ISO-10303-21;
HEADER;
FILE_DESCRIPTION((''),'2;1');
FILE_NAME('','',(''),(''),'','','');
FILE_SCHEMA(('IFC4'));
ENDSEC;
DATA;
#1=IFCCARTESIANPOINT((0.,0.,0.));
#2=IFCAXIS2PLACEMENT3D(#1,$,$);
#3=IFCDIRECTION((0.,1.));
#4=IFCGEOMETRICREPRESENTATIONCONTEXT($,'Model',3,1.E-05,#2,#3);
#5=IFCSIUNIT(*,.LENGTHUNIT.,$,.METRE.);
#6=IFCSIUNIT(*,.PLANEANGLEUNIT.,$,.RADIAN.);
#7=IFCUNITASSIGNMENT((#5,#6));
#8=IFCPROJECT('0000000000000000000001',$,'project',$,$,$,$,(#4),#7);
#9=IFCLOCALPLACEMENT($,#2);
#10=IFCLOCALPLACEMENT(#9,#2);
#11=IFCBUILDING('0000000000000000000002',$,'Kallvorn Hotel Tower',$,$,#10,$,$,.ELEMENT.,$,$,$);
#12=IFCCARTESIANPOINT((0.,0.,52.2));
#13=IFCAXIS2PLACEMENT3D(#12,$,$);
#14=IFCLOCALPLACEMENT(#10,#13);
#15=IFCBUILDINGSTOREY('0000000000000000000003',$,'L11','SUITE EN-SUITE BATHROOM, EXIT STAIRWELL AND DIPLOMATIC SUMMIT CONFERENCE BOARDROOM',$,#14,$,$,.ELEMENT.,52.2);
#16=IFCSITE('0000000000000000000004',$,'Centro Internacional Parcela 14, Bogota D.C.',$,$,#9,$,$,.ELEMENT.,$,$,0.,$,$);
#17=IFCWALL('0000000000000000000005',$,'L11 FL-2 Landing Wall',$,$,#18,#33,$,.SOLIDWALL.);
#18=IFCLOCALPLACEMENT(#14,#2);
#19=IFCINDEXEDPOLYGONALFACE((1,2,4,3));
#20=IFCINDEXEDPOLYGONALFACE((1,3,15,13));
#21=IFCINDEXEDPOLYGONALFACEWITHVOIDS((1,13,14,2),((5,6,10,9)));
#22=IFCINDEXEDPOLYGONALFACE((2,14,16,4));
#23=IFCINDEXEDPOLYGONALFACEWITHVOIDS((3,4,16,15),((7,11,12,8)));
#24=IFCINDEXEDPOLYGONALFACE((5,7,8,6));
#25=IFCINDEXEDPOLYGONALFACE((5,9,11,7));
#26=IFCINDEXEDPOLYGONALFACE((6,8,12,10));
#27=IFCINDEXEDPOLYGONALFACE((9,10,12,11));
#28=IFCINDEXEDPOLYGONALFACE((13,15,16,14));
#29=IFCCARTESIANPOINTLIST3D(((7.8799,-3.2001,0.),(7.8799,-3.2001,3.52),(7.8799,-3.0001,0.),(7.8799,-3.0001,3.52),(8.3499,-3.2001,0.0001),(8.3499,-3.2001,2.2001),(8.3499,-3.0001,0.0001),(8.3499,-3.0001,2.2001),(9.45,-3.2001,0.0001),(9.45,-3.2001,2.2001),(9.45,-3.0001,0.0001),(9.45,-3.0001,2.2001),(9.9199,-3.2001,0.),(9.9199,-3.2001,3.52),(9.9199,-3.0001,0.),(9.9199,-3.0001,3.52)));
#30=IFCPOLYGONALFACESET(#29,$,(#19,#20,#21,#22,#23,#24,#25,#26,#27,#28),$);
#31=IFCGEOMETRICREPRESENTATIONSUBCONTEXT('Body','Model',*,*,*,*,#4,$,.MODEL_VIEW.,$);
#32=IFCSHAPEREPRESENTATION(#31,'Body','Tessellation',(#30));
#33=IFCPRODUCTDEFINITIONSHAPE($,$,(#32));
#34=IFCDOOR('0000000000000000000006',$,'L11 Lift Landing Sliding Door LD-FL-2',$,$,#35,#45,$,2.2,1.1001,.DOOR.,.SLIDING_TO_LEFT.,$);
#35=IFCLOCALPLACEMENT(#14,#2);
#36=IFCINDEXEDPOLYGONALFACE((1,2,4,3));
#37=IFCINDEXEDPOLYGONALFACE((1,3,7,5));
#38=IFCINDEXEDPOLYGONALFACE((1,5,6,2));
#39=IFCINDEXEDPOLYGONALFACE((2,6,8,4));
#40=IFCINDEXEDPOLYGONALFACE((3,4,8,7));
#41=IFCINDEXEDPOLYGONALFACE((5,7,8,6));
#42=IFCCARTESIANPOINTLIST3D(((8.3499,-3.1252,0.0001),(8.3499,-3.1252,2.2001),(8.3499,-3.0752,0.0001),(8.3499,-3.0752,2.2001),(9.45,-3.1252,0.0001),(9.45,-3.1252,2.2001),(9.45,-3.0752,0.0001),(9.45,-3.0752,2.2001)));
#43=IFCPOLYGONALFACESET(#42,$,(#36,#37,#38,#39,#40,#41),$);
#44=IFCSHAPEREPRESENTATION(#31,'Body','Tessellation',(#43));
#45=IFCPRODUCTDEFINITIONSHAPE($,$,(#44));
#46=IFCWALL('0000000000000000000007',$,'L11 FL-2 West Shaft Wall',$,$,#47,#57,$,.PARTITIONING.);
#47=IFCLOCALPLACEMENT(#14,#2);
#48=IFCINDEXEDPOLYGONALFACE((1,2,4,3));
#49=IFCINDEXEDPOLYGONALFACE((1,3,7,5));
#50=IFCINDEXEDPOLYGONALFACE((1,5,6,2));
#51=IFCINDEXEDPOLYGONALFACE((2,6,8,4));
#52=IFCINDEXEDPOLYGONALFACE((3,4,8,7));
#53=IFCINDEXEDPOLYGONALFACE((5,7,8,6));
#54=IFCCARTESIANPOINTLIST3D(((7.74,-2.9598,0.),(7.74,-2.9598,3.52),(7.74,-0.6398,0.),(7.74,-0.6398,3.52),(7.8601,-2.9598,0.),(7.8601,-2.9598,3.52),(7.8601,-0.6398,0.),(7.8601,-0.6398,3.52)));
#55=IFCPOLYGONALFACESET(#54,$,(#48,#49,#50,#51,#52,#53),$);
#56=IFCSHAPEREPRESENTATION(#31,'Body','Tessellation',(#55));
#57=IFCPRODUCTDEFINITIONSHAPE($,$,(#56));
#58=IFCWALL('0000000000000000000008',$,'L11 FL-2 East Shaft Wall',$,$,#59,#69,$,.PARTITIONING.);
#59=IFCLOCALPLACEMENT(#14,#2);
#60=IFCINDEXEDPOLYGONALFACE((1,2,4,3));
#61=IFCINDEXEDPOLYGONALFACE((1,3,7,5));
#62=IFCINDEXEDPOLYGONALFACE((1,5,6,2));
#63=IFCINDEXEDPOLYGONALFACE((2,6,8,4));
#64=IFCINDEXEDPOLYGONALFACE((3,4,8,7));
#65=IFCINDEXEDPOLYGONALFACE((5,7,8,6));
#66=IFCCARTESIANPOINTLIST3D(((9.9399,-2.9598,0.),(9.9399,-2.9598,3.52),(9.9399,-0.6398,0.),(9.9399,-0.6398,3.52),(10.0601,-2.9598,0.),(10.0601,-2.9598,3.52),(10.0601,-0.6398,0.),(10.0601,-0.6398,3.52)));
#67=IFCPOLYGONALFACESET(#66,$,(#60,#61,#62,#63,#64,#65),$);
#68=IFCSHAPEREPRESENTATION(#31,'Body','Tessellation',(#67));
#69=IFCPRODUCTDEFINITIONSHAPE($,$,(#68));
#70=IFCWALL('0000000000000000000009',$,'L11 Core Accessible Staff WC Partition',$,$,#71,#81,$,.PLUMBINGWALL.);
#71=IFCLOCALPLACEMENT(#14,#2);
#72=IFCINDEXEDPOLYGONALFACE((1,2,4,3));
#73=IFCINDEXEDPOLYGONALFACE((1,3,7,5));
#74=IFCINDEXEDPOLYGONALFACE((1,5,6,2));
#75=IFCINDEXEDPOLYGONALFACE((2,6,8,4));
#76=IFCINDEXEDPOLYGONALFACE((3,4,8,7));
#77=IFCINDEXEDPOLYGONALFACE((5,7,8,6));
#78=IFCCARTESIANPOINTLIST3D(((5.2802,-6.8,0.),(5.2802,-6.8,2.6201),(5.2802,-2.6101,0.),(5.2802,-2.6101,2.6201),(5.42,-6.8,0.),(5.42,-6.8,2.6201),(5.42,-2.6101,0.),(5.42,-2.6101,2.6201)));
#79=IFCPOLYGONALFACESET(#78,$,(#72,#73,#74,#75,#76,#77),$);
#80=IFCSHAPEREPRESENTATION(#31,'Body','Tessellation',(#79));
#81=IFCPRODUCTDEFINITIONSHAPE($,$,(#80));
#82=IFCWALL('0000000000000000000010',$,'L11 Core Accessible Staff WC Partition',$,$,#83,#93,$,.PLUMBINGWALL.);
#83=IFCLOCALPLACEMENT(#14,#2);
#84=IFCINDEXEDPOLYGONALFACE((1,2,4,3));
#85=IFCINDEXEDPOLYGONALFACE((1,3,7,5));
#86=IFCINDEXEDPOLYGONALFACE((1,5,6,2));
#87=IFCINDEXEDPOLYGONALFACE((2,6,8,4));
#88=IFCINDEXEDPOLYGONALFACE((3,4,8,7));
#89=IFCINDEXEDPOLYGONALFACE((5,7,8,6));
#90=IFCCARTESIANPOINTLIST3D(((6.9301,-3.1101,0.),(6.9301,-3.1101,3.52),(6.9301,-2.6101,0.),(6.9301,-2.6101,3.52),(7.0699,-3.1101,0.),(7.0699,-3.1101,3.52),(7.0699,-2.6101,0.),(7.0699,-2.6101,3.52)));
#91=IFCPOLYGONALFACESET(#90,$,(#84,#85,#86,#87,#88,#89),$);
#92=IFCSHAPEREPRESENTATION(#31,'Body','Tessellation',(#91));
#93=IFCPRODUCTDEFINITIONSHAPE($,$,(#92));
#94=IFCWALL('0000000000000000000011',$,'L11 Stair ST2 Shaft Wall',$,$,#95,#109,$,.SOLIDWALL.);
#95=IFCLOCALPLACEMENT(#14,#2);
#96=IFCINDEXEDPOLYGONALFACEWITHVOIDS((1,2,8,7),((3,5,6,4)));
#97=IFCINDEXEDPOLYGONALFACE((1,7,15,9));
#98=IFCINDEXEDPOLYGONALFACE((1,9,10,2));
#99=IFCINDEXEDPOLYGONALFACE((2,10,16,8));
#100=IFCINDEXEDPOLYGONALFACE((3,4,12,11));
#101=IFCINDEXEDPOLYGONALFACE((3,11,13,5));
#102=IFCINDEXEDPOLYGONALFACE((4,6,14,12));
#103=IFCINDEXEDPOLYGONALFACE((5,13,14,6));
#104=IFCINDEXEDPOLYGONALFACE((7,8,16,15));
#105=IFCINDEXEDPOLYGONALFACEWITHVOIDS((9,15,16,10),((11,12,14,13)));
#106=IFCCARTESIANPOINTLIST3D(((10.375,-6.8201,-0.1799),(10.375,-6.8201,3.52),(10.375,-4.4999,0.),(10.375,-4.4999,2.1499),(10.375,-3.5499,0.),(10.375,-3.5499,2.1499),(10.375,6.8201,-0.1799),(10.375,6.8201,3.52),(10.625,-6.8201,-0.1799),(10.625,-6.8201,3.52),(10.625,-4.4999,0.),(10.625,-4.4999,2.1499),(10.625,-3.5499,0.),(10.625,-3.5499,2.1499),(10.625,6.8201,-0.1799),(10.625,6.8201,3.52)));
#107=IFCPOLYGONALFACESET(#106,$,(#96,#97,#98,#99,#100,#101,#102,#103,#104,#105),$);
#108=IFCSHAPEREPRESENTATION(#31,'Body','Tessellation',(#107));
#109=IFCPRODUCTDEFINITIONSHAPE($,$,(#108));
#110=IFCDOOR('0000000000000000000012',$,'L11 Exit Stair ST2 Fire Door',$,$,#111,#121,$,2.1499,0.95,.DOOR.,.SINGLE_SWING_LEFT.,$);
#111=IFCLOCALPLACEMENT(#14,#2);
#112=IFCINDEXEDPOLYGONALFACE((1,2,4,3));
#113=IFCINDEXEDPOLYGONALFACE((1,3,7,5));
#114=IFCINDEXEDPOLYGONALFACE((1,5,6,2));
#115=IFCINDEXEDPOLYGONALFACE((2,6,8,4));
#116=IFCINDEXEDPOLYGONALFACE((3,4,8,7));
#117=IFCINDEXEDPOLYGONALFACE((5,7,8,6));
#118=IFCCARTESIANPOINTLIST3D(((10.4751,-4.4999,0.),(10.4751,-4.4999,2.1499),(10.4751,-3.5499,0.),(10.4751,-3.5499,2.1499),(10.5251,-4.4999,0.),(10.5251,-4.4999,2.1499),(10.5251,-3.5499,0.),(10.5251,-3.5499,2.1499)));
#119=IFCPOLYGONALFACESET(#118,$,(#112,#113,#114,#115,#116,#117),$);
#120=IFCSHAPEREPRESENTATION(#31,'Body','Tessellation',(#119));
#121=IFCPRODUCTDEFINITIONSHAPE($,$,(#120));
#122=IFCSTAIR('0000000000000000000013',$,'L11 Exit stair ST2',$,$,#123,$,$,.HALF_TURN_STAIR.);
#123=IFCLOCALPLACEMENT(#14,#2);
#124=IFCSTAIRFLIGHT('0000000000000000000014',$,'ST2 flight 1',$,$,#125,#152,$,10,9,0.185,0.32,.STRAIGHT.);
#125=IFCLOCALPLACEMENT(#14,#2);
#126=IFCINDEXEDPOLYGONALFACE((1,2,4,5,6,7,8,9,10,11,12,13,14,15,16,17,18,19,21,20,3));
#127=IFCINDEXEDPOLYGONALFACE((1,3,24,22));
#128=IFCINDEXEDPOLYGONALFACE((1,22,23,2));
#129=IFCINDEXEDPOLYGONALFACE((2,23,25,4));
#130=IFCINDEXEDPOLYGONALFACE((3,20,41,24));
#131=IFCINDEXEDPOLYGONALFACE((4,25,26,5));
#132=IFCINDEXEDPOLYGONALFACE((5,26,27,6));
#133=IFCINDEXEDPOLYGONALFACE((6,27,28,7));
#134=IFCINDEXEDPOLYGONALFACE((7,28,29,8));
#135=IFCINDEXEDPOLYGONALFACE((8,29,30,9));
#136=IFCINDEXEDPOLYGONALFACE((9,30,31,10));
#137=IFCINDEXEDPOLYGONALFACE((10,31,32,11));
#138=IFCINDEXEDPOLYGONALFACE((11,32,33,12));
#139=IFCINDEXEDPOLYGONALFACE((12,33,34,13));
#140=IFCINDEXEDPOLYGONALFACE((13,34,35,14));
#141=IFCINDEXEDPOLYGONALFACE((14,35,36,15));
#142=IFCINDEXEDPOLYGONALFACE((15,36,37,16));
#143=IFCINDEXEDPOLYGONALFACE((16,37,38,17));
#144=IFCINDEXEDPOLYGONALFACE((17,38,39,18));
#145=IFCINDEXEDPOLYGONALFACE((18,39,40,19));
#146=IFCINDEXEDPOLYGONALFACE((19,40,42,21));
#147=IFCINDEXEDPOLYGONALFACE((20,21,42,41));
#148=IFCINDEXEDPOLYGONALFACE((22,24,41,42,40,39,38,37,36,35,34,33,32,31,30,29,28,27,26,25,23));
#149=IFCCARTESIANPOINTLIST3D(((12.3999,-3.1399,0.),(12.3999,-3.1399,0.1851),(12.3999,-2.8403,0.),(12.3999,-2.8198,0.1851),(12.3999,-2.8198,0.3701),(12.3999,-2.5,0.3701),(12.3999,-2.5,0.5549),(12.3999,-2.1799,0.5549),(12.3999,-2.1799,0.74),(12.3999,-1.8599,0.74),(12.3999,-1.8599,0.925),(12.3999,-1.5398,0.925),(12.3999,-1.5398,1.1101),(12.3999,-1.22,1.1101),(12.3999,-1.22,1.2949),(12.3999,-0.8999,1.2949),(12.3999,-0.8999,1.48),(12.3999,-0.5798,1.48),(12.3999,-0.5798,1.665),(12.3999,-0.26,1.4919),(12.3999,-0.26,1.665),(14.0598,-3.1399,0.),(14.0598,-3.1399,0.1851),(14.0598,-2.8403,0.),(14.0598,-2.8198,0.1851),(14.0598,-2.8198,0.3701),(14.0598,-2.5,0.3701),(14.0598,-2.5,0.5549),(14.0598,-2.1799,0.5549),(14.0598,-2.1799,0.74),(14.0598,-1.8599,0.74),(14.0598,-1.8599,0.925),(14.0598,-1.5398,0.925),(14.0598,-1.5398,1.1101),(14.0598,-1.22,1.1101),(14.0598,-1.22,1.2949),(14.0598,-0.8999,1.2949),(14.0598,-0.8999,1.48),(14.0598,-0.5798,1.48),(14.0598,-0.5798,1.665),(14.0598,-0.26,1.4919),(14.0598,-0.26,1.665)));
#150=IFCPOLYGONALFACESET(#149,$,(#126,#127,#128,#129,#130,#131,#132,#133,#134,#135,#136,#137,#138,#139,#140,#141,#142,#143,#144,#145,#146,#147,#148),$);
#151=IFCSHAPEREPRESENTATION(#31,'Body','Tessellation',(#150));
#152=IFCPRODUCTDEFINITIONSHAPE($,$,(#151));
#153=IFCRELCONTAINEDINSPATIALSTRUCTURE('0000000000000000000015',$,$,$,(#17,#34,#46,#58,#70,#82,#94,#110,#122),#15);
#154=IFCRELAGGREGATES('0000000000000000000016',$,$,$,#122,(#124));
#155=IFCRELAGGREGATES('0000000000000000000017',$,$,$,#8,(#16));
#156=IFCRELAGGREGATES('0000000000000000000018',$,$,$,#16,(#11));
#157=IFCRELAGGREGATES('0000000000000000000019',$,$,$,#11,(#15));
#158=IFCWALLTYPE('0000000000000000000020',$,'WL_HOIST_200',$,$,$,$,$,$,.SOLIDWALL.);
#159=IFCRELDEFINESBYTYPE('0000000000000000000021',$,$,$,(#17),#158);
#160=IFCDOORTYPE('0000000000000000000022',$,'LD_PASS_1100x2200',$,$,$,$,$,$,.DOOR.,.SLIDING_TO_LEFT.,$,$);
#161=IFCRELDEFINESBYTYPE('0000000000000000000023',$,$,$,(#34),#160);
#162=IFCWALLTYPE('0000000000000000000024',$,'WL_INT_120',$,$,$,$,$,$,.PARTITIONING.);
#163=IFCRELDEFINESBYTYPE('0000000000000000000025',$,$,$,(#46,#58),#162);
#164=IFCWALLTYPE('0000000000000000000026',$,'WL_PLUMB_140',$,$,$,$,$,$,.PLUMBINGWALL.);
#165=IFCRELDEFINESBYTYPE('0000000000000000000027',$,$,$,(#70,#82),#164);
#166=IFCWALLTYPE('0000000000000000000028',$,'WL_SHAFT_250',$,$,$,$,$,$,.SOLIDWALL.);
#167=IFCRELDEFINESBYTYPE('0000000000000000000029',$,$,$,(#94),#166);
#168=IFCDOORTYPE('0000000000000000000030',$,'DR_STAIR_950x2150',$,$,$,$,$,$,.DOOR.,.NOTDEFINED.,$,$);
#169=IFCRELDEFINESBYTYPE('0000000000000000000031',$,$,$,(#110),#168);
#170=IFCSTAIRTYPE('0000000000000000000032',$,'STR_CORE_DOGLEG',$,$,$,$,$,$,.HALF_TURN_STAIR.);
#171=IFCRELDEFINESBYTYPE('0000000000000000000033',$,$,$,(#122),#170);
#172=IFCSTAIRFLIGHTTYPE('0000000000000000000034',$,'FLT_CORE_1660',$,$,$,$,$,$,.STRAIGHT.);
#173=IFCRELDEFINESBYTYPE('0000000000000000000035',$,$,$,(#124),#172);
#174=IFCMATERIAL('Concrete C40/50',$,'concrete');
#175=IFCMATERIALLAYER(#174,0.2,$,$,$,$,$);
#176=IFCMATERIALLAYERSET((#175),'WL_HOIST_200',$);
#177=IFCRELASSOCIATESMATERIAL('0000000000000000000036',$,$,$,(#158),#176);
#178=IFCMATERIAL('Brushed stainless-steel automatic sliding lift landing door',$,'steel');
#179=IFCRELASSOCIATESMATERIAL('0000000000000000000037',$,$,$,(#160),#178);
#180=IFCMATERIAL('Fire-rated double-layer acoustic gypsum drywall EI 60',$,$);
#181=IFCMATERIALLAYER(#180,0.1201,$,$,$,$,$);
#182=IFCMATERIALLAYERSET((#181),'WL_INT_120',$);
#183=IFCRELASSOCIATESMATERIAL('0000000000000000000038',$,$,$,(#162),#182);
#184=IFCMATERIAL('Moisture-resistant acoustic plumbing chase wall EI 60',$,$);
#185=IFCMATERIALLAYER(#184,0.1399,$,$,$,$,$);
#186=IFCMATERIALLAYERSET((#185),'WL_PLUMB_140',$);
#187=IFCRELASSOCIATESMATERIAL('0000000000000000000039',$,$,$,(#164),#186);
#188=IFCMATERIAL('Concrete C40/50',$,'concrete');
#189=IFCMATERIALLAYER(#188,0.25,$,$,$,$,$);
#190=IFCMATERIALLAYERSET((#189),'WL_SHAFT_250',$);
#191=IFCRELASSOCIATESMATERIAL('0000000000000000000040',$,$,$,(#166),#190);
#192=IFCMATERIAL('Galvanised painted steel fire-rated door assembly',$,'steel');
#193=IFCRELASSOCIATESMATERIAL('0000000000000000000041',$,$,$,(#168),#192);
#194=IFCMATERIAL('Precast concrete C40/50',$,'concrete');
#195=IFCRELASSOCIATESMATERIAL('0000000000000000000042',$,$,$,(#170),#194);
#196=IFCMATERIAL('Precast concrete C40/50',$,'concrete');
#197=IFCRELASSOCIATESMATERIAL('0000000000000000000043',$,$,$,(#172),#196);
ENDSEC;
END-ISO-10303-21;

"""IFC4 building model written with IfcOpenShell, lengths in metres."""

from ifc_helpers import new_model, si_unit, direction, frame, frame_2d, origin, place, context, subcontext, project, spatial, polyline, rectangle, outline, extrude, material, layer, layer_set, type_object, element, fill, aggregate, save


model = new_model("IFC4")

# Units and contexts
model_context = context("Model", 3, precision=1e-05, world=origin(), true_north=direction((0.0, 1.0)))
body_context = subcontext(model_context, "Body", "Model", "MODEL_VIEW")
ifc_project = project(units=[si_unit("LENGTHUNIT", "METRE"), si_unit("PLANEANGLEUNIT", "RADIAN")], contexts=[model_context])

# Site, building, storey
site_placement = place(None, origin())
site = spatial("IfcSite", under=ifc_project, at=site_placement, Name="Centro Internacional Parcela 14, Bogota D.C.", CompositionType="ELEMENT", RefElevation=0.0)
building_placement = place(site_placement, origin())
building = spatial("IfcBuilding", under=site, at=building_placement, Name="Kallvorn Hotel Tower", CompositionType="ELEMENT")
storey_placement = place(building_placement, frame((0.0, 0.0, 52.2)))
storey = spatial("IfcBuildingStorey", under=building, at=storey_placement, Name="L11", Description="SUITE EN-SUITE BATHROOM, EXIT STAIRWELL AND DIPLOMATIC SUMMIT CONFERENCE BOARDROOM", CompositionType="ELEMENT", Elevation=52.2)

# Shared definitions
ifc_material_1 = material(Name="Concrete C40/50", Category="concrete")
ifc_layer_1 = layer(ifc_material_1, 0.2)
ifc_layer_set_1 = layer_set([ifc_layer_1], Name="WL_HOIST_200")
wall_type_1 = type_object("IfcWallType", Name="WL_HOIST_200", PredefinedType="SOLIDWALL", material=ifc_layer_set_1)

# Wall, opening, door
wall_1_placement = place(storey_placement, frame((7.8799, -3.1001, 0.0), z_axis=(0.0, 0.0, 1.0), x_axis=(1.0, 0.0, 0.0)))
wall_1 = element("IfcWall", 1, at=wall_1_placement, inside=storey, type_object=wall_type_1, Name="L11 FL-2 Landing Wall", PredefinedType="SOLIDWALL", context=body_context, shape_type="SweptSolid", body=[
    extrude(rectangle(XDim=2.04, YDim=0.2, at=frame_2d((1.02, 0.0))), origin(), (0.0, 0.0, 1.0), 3.52),
])
opening_1_placement = place(wall_1_placement, frame((0.47, 0.0, 0.0)))
opening_1 = element("IfcOpeningElement", 2, at=opening_1_placement, cuts=wall_1, PredefinedType="OPENING", context=body_context, shape_type="SweptSolid", body=[
    extrude(rectangle(XDim=1.1001, YDim=2.2, at=frame_2d((0.55, 1.1001))), frame((0.0, 0.115, 0.0), z_axis=(0.0, -1.0, 0.0), x_axis=(1.0, 0.0, 0.0)), (0.0, 0.0, 1.0), 0.23),
])
ifc_material_2 = material(Name="Brushed stainless-steel automatic sliding lift landing door", Category="steel")
door_type_1 = type_object("IfcDoorType", Name="LD_PASS_1100x2200", OperationType="SLIDING_TO_LEFT", PredefinedType="DOOR", material=ifc_material_2)
door_1_placement = place(opening_1_placement, origin())
door_1 = element("IfcDoor", 3, at=door_1_placement, inside=storey, type_object=door_type_1, Name="L11 Lift Landing Sliding Door LD-FL-2", OperationType="SLIDING_TO_LEFT", OverallHeight=2.2, OverallWidth=1.1001, PredefinedType="DOOR", context=body_context, shape_type="SweptSolid", body=[
    extrude(rectangle(XDim=1.1001, YDim=2.2, at=frame_2d((0.55, 1.1001))), frame((0.0, 0.0249, 0.0), z_axis=(0.0, -1.0, 0.0), x_axis=(1.0, 0.0, 0.0)), (0.0, 0.0, 1.0), 0.05),
])
fill(opening_1, door_1)

# Walls
ifc_material_3 = material(Name="Fire-rated double-layer acoustic gypsum drywall EI 60")
ifc_layer_2 = layer(ifc_material_3, 0.1201)
ifc_layer_set_2 = layer_set([ifc_layer_2], Name="WL_INT_120")
wall_type_2 = type_object("IfcWallType", Name="WL_INT_120", PredefinedType="PARTITIONING", material=ifc_layer_set_2)
for number, where, z_axis, x_axis, name in (
    (4, (7.8, -2.96, 0.0), (0.0, 0.0, 1.0), (0.0, 1.0, 0.0), "L11 FL-2 West Shaft Wall"),
    (5, (10.0, -2.96, 0.0), (0.0, 0.0, 1.0), (0.0, 1.0, 0.0), "L11 FL-2 East Shaft Wall"),
):
    element("IfcWall", number, at=place(storey_placement, frame(where, z_axis=z_axis, x_axis=x_axis)), inside=storey, type_object=wall_type_2, Name=name, PredefinedType="PARTITIONING", context=body_context, shape_type="SweptSolid", body=[
        extrude(rectangle(XDim=2.3201, YDim=0.1201, at=frame_2d((1.1602, 0.0))), origin(), (0.0, 0.0, 1.0), 3.52),
    ])
ifc_material_4 = material(Name="Moisture-resistant acoustic plumbing chase wall EI 60")
ifc_layer_3 = layer(ifc_material_4, 0.1399)
ifc_layer_set_3 = layer_set([ifc_layer_3], Name="WL_PLUMB_140")
wall_type_3 = type_object("IfcWallType", Name="WL_PLUMB_140", PredefinedType="PLUMBINGWALL", material=ifc_layer_set_3)
wall_2_placement = place(storey_placement, frame((5.3501, -6.8, 0.0), z_axis=(0.0, 0.0, 1.0), x_axis=(0.0, 1.0, 0.0)))
element("IfcWall", 6, at=wall_2_placement, inside=storey, type_object=wall_type_3, Name="L11 Core Accessible Staff WC Partition", PredefinedType="PLUMBINGWALL", context=body_context, shape_type="SweptSolid", body=[
    extrude(rectangle(XDim=4.1899, YDim=0.1399, at=frame_2d((2.095, 0.0))), origin(), (0.0, 0.0, 1.0), 2.6201),
])
wall_3_placement = place(storey_placement, frame((7.0, -3.1101, 0.0), z_axis=(0.0, 0.0, 1.0), x_axis=(0.0, 1.0, 0.0)))
element("IfcWall", 7, at=wall_3_placement, inside=storey, type_object=wall_type_3, Name="L11 Core Accessible Staff WC Partition", PredefinedType="PLUMBINGWALL", context=body_context, shape_type="SweptSolid", body=[
    extrude(rectangle(XDim=0.5, YDim=0.1399, at=frame_2d((0.25, 0.0))), origin(), (0.0, 0.0, 1.0), 3.52),
])

# Wall, opening, door
ifc_material_5 = material(Name="Concrete C40/50", Category="concrete")
ifc_layer_4 = layer(ifc_material_5, 0.25)
ifc_layer_set_4 = layer_set([ifc_layer_4], Name="WL_SHAFT_250")
wall_type_4 = type_object("IfcWallType", Name="WL_SHAFT_250", PredefinedType="SOLIDWALL", material=ifc_layer_set_4)
wall_4_placement = place(storey_placement, frame((10.5, -6.8201, -0.1799), z_axis=(0.0, 0.0, 1.0), x_axis=(0.0, 1.0, 0.0)))
wall_4 = element("IfcWall", 8, at=wall_4_placement, inside=storey, type_object=wall_type_4, Name="L11 Stair ST2 Shaft Wall", PredefinedType="SOLIDWALL", context=body_context, shape_type="SweptSolid", body=[
    extrude(rectangle(XDim=13.6401, YDim=0.25, at=frame_2d((6.8201, 0.0))), origin(), (0.0, 0.0, 1.0), 3.7),
])
opening_2_placement = place(wall_4_placement, frame((2.3201, 0.0, 0.1799)))
opening_2 = element("IfcOpeningElement", 9, at=opening_2_placement, cuts=wall_4, PredefinedType="OPENING", context=body_context, shape_type="SweptSolid", body=[
    extrude(rectangle(XDim=0.95, YDim=2.1499, at=frame_2d((0.4751, 1.075))), frame((0.0, 0.1399, 0.0), z_axis=(0.0, -1.0, 0.0), x_axis=(1.0, 0.0, 0.0)), (0.0, 0.0, 1.0), 0.28),
])
ifc_material_6 = material(Name="Galvanised painted steel fire-rated door assembly", Category="steel")
door_type_2 = type_object("IfcDoorType", Name="DR_STAIR_950x2150", OperationType="NOTDEFINED", PredefinedType="DOOR", material=ifc_material_6)
door_2_placement = place(opening_2_placement, origin())
door_2 = element("IfcDoor", 10, at=door_2_placement, inside=storey, type_object=door_type_2, Name="L11 Exit Stair ST2 Fire Door", OperationType="SINGLE_SWING_LEFT", OverallHeight=2.1499, OverallWidth=0.95, PredefinedType="DOOR", context=body_context, shape_type="SweptSolid", body=[
    extrude(rectangle(XDim=0.95, YDim=2.1499, at=frame_2d((0.4751, 1.075))), frame((0.0, 0.0249, 0.0), z_axis=(0.0, -1.0, 0.0), x_axis=(1.0, 0.0, 0.0)), (0.0, 0.0, 1.0), 0.05),
])
fill(opening_2, door_2)

# Stair, stair flight
ifc_material_7 = material(Name="Precast concrete C40/50", Category="concrete")
stair_type = type_object("IfcStairType", Name="STR_CORE_DOGLEG", PredefinedType="HALF_TURN_STAIR", material=ifc_material_7)
stair_placement = place(storey_placement, origin())
stair = element("IfcStair", 11, at=stair_placement, inside=storey, type_object=stair_type, Name="L11 Exit stair ST2", PredefinedType="HALF_TURN_STAIR")
ifc_material_8 = material(Name="Precast concrete C40/50", Category="concrete")
stair_flight_type = type_object("IfcStairFlightType", Name="FLT_CORE_1660", PredefinedType="STRAIGHT", material=ifc_material_8)
stair_flight_placement = place(storey_placement, frame((13.23, -3.1399, 0.0), z_axis=(0.0, 0.0, 1.0), x_axis=(0.0, 1.0, 0.0)))
stair_flight = element("IfcStairFlight", 12, at=stair_flight_placement, type_object=stair_flight_type, Name="ST2 flight 1", NumberOfRisers=10, NumberOfTreads=9, PredefinedType="STRAIGHT", RiserHeight=0.185, TreadLength=0.32, context=body_context, shape_type="SweptSolid", body=[
    extrude(outline(polyline([(0.0, 0.0), (0.0, 0.1851), (0.3201, 0.1851), (0.3201, 0.3701), (0.6399, 0.3701), (0.6399, 0.5549), (0.96, 0.5549), (0.96, 0.74), (1.28, 0.74), (1.28, 0.925), (1.6001, 0.925), (1.6001, 1.1101), (1.9199, 1.1101), (1.9199, 1.2949), (2.24, 1.2949), (2.24, 1.48), (2.5601, 1.48), (2.5601, 1.665), (2.8799, 1.665), (2.8799, 1.8501), (2.8799, 1.4919), (0.2996, 0.0), (0.0, 0.0)])), frame((0.0, 0.8301, 0.0), z_axis=(0.0, -1.0, 0.0), x_axis=(1.0, 0.0, 0.0)), (0.0, 0.0, 1.0), 1.6599),
])
aggregate(stair, [stair_flight])

save(model, "model.ifc")
